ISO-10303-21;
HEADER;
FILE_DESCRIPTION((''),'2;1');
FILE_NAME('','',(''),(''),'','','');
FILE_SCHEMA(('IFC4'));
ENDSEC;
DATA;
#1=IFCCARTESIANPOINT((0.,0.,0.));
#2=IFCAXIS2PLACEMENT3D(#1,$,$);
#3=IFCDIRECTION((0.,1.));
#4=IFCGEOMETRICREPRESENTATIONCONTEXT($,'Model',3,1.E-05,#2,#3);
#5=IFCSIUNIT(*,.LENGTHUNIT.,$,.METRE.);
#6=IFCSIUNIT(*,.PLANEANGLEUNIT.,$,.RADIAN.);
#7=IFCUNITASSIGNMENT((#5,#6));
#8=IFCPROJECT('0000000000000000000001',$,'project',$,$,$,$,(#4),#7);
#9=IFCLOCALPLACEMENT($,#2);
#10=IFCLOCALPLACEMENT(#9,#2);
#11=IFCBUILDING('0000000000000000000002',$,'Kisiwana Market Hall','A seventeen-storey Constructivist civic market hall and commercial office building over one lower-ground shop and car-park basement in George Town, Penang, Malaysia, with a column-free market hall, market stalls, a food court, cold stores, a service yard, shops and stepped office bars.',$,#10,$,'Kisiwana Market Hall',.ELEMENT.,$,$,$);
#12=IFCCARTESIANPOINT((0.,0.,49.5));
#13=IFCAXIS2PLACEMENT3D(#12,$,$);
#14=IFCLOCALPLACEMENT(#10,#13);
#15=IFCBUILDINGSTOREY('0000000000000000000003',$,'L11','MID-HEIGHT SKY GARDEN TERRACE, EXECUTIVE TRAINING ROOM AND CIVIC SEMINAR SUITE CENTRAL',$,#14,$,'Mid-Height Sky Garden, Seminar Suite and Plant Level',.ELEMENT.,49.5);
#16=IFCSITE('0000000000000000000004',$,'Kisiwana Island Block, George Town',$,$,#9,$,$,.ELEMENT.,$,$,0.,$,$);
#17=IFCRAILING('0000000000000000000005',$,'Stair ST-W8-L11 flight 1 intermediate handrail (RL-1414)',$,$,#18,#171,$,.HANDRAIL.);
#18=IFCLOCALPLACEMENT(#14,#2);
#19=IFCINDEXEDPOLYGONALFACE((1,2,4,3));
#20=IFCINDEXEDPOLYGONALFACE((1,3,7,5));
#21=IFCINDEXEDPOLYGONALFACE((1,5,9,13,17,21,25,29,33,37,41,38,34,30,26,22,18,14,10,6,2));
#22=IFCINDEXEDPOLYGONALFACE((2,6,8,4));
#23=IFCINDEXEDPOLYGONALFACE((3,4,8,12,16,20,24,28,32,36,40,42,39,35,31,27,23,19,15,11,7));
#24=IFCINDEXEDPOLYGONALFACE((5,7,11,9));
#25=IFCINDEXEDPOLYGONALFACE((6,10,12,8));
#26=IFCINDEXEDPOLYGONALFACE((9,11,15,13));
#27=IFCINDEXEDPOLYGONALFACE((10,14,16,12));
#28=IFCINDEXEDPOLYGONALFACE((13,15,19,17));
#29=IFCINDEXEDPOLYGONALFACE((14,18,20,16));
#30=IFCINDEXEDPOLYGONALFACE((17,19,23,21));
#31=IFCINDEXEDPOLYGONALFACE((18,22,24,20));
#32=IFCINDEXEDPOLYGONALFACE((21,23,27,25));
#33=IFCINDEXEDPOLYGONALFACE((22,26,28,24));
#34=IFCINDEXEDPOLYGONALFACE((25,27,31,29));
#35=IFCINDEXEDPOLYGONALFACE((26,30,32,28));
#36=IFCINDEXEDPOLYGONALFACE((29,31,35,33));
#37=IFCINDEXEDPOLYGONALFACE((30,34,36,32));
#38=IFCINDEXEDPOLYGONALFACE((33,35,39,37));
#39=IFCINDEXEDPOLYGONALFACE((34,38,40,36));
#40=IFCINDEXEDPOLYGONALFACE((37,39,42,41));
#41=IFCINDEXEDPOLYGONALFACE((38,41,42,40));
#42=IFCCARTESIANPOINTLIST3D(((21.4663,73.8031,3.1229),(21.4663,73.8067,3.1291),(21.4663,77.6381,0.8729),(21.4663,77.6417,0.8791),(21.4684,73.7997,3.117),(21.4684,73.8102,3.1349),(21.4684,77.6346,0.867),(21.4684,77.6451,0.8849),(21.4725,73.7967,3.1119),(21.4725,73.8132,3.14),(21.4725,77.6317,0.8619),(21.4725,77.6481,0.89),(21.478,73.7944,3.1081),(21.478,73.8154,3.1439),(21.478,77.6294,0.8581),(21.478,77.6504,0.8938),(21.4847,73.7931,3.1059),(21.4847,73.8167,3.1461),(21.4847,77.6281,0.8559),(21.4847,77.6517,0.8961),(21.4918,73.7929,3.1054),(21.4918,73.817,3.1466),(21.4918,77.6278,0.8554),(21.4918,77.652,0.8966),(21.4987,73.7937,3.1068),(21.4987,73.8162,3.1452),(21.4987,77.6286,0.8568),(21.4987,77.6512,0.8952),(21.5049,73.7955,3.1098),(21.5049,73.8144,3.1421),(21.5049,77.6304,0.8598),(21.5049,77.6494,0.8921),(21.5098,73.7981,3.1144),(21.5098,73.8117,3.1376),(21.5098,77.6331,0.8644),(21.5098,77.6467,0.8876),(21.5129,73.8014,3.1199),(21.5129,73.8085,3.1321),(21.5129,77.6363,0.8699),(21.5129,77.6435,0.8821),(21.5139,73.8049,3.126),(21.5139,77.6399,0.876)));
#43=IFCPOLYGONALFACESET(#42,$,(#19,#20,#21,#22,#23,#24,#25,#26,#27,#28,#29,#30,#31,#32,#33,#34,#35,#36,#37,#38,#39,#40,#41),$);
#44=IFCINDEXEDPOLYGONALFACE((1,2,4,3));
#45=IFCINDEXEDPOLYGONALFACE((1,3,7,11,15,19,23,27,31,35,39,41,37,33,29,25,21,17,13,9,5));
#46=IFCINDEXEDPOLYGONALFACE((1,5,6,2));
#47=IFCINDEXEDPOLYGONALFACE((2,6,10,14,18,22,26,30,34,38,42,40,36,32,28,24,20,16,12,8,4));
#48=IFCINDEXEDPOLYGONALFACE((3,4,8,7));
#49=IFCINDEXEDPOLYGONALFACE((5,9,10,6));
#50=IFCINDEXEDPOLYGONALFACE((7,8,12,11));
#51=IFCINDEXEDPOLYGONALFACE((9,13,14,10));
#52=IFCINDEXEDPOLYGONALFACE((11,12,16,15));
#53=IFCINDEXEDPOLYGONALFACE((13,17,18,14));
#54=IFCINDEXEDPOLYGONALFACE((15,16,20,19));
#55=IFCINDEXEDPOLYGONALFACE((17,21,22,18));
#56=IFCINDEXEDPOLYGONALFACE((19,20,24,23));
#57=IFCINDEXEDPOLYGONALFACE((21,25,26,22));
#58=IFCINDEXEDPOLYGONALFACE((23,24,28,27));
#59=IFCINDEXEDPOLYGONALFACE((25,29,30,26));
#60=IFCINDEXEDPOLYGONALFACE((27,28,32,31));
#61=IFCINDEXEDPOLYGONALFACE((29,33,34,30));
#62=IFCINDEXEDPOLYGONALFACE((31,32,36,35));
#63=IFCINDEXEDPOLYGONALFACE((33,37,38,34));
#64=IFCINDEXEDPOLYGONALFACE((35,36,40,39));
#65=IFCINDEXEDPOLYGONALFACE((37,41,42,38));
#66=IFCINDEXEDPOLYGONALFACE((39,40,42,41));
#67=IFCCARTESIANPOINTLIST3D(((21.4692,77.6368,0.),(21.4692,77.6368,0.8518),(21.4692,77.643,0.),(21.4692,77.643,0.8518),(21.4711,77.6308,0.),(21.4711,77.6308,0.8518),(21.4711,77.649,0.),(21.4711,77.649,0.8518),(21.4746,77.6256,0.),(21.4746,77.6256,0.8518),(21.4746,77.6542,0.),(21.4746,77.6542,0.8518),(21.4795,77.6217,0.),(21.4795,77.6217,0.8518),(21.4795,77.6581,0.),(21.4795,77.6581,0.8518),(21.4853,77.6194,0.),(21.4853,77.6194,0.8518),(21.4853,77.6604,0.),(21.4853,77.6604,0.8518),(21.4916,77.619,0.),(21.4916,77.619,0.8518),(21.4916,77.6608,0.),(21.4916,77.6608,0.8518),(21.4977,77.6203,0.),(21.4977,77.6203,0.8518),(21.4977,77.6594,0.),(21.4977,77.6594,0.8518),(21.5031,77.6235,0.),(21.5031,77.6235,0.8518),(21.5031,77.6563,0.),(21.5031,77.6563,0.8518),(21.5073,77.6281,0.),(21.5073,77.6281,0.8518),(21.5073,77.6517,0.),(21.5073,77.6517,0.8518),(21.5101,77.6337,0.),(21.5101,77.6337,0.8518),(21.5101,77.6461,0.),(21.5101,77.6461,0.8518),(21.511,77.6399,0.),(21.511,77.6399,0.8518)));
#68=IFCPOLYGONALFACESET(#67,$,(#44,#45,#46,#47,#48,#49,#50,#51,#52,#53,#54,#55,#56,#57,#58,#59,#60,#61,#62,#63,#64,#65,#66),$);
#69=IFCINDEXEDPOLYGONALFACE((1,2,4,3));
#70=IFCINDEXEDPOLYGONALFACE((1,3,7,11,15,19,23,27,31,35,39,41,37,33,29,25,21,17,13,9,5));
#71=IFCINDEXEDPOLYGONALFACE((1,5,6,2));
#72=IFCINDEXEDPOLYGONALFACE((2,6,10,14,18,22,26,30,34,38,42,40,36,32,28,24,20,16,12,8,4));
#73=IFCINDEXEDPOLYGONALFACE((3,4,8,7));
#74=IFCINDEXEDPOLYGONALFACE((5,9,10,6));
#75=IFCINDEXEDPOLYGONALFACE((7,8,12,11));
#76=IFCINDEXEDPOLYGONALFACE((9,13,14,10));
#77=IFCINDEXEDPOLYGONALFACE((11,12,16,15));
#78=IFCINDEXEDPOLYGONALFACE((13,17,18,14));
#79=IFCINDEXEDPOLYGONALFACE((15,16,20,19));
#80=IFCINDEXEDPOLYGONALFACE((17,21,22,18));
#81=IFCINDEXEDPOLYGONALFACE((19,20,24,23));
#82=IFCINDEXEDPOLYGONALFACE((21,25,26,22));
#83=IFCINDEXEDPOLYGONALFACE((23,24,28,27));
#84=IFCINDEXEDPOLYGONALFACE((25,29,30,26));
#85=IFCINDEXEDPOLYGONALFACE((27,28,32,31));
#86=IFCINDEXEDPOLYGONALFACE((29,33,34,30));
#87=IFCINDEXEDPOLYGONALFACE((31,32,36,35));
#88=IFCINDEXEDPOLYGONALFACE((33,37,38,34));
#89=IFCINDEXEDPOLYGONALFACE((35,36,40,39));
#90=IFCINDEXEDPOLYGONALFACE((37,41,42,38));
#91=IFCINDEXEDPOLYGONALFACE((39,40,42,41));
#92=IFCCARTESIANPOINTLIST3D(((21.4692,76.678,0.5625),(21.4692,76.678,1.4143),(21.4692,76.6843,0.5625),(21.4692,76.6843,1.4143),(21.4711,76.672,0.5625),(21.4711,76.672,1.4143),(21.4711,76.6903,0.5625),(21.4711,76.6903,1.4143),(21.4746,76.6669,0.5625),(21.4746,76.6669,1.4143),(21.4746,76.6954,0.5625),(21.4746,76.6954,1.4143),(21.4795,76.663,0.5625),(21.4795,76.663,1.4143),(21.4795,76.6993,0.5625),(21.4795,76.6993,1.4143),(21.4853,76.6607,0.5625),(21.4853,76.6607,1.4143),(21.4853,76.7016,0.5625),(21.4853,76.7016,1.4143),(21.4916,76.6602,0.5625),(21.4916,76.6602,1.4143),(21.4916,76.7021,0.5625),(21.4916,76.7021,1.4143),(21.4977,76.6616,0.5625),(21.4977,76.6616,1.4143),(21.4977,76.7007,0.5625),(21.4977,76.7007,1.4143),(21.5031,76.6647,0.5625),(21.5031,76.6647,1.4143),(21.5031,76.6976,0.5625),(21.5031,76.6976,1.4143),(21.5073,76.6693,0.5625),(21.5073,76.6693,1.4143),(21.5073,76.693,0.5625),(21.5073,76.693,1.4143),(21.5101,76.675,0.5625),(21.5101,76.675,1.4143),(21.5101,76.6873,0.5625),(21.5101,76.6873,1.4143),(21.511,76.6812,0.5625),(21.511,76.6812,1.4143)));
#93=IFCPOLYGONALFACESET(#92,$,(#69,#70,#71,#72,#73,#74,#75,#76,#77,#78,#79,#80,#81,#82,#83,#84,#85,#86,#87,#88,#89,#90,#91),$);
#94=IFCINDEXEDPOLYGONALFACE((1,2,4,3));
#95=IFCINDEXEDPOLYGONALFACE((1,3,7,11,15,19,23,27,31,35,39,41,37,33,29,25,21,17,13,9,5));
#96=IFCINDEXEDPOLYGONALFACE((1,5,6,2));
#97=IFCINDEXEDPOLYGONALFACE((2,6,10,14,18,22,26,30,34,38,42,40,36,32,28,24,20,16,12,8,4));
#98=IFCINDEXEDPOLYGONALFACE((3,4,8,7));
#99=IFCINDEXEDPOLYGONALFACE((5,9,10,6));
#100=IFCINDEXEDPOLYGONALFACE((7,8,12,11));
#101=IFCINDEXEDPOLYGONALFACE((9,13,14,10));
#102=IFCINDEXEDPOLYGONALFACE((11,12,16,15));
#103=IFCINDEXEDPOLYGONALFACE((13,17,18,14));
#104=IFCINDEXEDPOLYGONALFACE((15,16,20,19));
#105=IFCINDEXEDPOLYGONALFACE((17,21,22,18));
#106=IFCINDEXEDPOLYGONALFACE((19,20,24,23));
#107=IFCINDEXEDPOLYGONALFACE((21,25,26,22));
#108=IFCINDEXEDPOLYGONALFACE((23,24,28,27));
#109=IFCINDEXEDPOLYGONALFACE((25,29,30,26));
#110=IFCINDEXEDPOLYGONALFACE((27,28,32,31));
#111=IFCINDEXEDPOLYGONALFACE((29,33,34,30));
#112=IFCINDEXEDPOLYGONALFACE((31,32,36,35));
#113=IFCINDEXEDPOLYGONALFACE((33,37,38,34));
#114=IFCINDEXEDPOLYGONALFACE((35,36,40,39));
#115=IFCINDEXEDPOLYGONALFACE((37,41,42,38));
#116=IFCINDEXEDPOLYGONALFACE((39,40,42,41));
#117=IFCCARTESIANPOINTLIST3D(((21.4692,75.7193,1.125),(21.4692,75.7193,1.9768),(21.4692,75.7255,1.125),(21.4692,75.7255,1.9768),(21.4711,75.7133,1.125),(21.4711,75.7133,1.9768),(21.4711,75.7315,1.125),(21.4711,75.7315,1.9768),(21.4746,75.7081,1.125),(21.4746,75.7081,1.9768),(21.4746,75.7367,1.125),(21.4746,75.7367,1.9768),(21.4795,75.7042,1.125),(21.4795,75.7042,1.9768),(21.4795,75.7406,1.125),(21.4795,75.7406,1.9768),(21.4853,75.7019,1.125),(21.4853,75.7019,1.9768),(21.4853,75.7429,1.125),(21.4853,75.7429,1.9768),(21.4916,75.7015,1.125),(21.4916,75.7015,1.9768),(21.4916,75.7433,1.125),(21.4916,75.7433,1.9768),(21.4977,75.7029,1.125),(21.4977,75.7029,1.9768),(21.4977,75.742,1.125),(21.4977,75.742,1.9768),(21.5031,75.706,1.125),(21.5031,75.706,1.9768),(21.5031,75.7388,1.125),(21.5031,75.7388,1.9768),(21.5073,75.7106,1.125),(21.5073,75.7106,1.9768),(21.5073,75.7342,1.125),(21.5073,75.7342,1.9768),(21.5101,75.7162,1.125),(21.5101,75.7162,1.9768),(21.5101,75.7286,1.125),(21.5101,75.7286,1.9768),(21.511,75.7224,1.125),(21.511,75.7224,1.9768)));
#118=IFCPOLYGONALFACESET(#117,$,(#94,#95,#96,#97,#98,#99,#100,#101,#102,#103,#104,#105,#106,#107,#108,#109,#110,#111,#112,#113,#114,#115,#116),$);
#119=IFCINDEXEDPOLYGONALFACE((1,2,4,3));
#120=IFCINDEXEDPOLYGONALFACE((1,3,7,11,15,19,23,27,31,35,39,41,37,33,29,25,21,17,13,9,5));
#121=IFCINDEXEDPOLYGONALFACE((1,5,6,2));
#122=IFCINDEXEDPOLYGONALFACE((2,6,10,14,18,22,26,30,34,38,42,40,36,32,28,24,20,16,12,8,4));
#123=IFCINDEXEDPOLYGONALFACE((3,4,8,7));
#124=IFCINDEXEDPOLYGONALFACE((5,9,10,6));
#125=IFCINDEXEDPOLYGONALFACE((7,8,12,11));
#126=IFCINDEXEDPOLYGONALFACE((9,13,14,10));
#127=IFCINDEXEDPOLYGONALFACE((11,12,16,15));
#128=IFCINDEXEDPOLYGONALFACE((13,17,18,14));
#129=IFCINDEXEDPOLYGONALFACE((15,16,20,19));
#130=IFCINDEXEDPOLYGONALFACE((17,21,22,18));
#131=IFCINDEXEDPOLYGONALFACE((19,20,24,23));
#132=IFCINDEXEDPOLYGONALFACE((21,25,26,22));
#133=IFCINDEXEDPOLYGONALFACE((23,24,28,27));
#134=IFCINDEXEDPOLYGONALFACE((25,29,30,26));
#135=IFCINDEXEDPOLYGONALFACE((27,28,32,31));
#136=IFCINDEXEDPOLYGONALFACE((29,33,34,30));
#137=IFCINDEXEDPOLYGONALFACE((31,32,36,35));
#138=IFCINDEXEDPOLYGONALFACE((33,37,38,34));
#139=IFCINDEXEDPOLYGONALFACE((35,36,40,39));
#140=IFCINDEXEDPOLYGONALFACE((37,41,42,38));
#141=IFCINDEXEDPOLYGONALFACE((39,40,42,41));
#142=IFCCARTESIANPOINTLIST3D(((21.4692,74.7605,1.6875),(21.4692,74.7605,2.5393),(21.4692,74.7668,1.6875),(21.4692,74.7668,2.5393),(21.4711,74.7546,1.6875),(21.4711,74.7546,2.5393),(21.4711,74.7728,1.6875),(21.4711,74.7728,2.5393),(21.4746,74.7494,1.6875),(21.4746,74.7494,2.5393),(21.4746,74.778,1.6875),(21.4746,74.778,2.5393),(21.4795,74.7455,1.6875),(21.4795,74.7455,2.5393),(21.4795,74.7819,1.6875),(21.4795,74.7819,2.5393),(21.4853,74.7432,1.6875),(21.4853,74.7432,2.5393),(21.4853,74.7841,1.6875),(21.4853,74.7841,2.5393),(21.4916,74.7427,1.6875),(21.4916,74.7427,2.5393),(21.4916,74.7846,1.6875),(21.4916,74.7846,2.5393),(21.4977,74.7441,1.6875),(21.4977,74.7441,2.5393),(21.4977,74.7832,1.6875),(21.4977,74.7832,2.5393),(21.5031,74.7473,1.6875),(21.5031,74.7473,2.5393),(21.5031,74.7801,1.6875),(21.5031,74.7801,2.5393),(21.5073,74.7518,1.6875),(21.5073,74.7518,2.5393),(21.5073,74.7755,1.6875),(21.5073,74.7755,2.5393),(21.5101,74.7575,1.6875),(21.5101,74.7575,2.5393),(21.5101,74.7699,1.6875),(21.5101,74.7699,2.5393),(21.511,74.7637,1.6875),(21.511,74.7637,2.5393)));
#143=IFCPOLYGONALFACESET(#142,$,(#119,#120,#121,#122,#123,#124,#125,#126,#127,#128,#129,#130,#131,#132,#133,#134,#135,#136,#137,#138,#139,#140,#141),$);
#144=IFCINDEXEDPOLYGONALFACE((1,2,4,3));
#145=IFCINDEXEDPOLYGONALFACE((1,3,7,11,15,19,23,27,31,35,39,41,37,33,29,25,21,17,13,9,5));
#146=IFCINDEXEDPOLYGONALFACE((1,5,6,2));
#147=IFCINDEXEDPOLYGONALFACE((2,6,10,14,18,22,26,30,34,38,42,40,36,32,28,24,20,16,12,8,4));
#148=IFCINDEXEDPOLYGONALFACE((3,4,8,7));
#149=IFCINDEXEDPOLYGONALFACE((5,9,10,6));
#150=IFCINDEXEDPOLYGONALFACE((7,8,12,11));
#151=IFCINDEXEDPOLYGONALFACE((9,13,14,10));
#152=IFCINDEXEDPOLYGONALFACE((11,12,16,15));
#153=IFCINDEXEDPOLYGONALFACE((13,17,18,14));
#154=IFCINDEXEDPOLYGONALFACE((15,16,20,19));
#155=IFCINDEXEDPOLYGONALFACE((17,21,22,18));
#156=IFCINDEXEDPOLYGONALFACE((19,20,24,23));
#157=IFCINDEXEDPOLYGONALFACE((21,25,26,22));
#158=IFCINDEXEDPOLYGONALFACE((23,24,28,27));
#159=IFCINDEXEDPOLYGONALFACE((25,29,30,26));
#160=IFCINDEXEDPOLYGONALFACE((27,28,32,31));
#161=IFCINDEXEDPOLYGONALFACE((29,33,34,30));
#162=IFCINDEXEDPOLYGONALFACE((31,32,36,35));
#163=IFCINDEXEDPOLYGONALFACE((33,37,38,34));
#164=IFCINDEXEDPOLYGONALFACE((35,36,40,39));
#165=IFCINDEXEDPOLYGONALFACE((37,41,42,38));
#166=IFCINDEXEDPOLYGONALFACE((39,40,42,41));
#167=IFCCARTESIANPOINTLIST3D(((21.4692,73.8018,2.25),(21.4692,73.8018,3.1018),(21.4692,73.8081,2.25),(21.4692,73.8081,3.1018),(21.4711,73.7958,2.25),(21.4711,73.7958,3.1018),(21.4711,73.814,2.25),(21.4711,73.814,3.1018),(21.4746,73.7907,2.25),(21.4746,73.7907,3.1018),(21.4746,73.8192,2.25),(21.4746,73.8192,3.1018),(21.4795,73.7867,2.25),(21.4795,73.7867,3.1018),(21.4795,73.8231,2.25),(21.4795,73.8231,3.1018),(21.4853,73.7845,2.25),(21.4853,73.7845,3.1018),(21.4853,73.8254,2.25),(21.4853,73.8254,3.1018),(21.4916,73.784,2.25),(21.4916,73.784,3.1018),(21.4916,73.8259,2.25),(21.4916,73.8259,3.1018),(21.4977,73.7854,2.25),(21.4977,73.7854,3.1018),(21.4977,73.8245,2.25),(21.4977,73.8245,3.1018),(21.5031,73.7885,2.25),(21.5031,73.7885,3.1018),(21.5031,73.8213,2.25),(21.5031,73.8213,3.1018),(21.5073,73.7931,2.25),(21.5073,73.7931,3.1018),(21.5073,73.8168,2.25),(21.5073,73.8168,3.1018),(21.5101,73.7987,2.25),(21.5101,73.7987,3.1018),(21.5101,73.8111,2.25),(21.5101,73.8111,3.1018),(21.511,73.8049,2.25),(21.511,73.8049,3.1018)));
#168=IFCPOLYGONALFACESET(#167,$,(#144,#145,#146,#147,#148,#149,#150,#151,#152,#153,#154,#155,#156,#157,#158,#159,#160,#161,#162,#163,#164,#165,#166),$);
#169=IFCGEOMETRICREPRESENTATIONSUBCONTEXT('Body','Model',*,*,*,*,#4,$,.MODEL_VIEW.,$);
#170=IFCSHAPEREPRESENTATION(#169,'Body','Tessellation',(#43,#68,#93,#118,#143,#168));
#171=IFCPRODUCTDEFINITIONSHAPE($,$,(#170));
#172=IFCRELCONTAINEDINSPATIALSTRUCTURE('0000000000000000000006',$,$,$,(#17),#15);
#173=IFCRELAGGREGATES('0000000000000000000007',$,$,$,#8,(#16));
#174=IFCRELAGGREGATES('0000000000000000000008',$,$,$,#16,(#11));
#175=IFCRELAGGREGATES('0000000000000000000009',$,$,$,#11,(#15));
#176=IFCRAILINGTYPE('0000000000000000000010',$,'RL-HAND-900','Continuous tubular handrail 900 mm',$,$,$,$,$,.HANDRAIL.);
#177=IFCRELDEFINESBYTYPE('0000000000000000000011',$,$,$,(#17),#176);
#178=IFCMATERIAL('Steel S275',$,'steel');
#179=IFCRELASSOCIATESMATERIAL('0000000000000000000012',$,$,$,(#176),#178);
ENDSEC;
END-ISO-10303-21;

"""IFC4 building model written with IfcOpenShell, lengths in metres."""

from ifc_helpers import new_model, si_unit, direction, frame, origin, origin_2d, place, context, subcontext, project, spatial, circle, extrude, material, type_object, element, save


model = new_model("IFC4")

# Units and contexts
model_context = context("Model", 3, precision=1e-05, world=origin(), true_north=direction((0.0, 1.0)))
body_context = subcontext(model_context, "Body", "Model", "MODEL_VIEW")
ifc_project = project(units=[si_unit("LENGTHUNIT", "METRE"), si_unit("PLANEANGLEUNIT", "RADIAN")], contexts=[model_context])

# Site, building, storey
site_placement = place(None, origin())
site = spatial("IfcSite", under=ifc_project, at=site_placement, Name="Kisiwana Island Block, George Town", CompositionType="ELEMENT", RefElevation=0.0)
building_placement = place(site_placement, origin())
building = spatial("IfcBuilding", under=site, at=building_placement, Name="Kisiwana Market Hall", Description="A seventeen-storey Constructivist civic market hall and commercial office building over one lower-ground shop and car-park basement in George Town, Penang, Malaysia, with a column-free market hall, market stalls, a food court, cold stores, a service yard, shops and stepped office bars.", LongName="Kisiwana Market Hall", CompositionType="ELEMENT")
storey_placement = place(building_placement, frame((0.0, 0.0, 49.5)))
storey = spatial("IfcBuildingStorey", under=building, at=storey_placement, Name="L11", Description="MID-HEIGHT SKY GARDEN TERRACE, EXECUTIVE TRAINING ROOM AND CIVIC SEMINAR SUITE CENTRAL", LongName="Mid-Height Sky Garden, Seminar Suite and Plant Level", CompositionType="ELEMENT", Elevation=49.5)

# Railing
ifc_material_1 = material(Name="Steel S275", Category="steel")
railing_type_1 = type_object("IfcRailingType", Name="RL-HAND-900", Description="Continuous tubular handrail 900 mm", PredefinedType="HANDRAIL", material=ifc_material_1)
railing_1_placement = place(storey_placement, frame((21.49, 77.6399, 0.0)))
element("IfcRailing", 1, at=railing_1_placement, inside=storey, type_object=railing_type_1, Name="Stair ST-W8-L11 flight 1 intermediate handrail (RL-1414)", PredefinedType="HANDRAIL", context=body_context, shape_type="SweptSolid", body=[
    extrude(circle(Radius=0.0239, at=origin_2d()), frame((0.0, 0.0, 0.876), z_axis=(0.0, -0.86251, 0.506041), x_axis=(1.0, 0.0, 0.0)), (0.0, 0.0, 1.0), 4.4463),
    extrude(circle(Radius=0.021, at=origin_2d()), origin(), (0.0, 0.0, 1.0), 0.8518),
    extrude(circle(Radius=0.021, at=origin_2d()), frame((0.0, -0.9587, 0.5625)), (0.0, 0.0, 1.0), 0.8518),
    extrude(circle(Radius=0.021, at=origin_2d()), frame((0.0, -1.9175, 1.125)), (0.0, 0.0, 1.0), 0.8518),
    extrude(circle(Radius=0.021, at=origin_2d()), frame((0.0, -2.8762, 1.6875)), (0.0, 0.0, 1.0), 0.8518),
    extrude(circle(Radius=0.021, at=origin_2d()), frame((0.0, -3.835, 2.25)), (0.0, 0.0, 1.0), 0.8518),
])

save(model, "model.ifc")
